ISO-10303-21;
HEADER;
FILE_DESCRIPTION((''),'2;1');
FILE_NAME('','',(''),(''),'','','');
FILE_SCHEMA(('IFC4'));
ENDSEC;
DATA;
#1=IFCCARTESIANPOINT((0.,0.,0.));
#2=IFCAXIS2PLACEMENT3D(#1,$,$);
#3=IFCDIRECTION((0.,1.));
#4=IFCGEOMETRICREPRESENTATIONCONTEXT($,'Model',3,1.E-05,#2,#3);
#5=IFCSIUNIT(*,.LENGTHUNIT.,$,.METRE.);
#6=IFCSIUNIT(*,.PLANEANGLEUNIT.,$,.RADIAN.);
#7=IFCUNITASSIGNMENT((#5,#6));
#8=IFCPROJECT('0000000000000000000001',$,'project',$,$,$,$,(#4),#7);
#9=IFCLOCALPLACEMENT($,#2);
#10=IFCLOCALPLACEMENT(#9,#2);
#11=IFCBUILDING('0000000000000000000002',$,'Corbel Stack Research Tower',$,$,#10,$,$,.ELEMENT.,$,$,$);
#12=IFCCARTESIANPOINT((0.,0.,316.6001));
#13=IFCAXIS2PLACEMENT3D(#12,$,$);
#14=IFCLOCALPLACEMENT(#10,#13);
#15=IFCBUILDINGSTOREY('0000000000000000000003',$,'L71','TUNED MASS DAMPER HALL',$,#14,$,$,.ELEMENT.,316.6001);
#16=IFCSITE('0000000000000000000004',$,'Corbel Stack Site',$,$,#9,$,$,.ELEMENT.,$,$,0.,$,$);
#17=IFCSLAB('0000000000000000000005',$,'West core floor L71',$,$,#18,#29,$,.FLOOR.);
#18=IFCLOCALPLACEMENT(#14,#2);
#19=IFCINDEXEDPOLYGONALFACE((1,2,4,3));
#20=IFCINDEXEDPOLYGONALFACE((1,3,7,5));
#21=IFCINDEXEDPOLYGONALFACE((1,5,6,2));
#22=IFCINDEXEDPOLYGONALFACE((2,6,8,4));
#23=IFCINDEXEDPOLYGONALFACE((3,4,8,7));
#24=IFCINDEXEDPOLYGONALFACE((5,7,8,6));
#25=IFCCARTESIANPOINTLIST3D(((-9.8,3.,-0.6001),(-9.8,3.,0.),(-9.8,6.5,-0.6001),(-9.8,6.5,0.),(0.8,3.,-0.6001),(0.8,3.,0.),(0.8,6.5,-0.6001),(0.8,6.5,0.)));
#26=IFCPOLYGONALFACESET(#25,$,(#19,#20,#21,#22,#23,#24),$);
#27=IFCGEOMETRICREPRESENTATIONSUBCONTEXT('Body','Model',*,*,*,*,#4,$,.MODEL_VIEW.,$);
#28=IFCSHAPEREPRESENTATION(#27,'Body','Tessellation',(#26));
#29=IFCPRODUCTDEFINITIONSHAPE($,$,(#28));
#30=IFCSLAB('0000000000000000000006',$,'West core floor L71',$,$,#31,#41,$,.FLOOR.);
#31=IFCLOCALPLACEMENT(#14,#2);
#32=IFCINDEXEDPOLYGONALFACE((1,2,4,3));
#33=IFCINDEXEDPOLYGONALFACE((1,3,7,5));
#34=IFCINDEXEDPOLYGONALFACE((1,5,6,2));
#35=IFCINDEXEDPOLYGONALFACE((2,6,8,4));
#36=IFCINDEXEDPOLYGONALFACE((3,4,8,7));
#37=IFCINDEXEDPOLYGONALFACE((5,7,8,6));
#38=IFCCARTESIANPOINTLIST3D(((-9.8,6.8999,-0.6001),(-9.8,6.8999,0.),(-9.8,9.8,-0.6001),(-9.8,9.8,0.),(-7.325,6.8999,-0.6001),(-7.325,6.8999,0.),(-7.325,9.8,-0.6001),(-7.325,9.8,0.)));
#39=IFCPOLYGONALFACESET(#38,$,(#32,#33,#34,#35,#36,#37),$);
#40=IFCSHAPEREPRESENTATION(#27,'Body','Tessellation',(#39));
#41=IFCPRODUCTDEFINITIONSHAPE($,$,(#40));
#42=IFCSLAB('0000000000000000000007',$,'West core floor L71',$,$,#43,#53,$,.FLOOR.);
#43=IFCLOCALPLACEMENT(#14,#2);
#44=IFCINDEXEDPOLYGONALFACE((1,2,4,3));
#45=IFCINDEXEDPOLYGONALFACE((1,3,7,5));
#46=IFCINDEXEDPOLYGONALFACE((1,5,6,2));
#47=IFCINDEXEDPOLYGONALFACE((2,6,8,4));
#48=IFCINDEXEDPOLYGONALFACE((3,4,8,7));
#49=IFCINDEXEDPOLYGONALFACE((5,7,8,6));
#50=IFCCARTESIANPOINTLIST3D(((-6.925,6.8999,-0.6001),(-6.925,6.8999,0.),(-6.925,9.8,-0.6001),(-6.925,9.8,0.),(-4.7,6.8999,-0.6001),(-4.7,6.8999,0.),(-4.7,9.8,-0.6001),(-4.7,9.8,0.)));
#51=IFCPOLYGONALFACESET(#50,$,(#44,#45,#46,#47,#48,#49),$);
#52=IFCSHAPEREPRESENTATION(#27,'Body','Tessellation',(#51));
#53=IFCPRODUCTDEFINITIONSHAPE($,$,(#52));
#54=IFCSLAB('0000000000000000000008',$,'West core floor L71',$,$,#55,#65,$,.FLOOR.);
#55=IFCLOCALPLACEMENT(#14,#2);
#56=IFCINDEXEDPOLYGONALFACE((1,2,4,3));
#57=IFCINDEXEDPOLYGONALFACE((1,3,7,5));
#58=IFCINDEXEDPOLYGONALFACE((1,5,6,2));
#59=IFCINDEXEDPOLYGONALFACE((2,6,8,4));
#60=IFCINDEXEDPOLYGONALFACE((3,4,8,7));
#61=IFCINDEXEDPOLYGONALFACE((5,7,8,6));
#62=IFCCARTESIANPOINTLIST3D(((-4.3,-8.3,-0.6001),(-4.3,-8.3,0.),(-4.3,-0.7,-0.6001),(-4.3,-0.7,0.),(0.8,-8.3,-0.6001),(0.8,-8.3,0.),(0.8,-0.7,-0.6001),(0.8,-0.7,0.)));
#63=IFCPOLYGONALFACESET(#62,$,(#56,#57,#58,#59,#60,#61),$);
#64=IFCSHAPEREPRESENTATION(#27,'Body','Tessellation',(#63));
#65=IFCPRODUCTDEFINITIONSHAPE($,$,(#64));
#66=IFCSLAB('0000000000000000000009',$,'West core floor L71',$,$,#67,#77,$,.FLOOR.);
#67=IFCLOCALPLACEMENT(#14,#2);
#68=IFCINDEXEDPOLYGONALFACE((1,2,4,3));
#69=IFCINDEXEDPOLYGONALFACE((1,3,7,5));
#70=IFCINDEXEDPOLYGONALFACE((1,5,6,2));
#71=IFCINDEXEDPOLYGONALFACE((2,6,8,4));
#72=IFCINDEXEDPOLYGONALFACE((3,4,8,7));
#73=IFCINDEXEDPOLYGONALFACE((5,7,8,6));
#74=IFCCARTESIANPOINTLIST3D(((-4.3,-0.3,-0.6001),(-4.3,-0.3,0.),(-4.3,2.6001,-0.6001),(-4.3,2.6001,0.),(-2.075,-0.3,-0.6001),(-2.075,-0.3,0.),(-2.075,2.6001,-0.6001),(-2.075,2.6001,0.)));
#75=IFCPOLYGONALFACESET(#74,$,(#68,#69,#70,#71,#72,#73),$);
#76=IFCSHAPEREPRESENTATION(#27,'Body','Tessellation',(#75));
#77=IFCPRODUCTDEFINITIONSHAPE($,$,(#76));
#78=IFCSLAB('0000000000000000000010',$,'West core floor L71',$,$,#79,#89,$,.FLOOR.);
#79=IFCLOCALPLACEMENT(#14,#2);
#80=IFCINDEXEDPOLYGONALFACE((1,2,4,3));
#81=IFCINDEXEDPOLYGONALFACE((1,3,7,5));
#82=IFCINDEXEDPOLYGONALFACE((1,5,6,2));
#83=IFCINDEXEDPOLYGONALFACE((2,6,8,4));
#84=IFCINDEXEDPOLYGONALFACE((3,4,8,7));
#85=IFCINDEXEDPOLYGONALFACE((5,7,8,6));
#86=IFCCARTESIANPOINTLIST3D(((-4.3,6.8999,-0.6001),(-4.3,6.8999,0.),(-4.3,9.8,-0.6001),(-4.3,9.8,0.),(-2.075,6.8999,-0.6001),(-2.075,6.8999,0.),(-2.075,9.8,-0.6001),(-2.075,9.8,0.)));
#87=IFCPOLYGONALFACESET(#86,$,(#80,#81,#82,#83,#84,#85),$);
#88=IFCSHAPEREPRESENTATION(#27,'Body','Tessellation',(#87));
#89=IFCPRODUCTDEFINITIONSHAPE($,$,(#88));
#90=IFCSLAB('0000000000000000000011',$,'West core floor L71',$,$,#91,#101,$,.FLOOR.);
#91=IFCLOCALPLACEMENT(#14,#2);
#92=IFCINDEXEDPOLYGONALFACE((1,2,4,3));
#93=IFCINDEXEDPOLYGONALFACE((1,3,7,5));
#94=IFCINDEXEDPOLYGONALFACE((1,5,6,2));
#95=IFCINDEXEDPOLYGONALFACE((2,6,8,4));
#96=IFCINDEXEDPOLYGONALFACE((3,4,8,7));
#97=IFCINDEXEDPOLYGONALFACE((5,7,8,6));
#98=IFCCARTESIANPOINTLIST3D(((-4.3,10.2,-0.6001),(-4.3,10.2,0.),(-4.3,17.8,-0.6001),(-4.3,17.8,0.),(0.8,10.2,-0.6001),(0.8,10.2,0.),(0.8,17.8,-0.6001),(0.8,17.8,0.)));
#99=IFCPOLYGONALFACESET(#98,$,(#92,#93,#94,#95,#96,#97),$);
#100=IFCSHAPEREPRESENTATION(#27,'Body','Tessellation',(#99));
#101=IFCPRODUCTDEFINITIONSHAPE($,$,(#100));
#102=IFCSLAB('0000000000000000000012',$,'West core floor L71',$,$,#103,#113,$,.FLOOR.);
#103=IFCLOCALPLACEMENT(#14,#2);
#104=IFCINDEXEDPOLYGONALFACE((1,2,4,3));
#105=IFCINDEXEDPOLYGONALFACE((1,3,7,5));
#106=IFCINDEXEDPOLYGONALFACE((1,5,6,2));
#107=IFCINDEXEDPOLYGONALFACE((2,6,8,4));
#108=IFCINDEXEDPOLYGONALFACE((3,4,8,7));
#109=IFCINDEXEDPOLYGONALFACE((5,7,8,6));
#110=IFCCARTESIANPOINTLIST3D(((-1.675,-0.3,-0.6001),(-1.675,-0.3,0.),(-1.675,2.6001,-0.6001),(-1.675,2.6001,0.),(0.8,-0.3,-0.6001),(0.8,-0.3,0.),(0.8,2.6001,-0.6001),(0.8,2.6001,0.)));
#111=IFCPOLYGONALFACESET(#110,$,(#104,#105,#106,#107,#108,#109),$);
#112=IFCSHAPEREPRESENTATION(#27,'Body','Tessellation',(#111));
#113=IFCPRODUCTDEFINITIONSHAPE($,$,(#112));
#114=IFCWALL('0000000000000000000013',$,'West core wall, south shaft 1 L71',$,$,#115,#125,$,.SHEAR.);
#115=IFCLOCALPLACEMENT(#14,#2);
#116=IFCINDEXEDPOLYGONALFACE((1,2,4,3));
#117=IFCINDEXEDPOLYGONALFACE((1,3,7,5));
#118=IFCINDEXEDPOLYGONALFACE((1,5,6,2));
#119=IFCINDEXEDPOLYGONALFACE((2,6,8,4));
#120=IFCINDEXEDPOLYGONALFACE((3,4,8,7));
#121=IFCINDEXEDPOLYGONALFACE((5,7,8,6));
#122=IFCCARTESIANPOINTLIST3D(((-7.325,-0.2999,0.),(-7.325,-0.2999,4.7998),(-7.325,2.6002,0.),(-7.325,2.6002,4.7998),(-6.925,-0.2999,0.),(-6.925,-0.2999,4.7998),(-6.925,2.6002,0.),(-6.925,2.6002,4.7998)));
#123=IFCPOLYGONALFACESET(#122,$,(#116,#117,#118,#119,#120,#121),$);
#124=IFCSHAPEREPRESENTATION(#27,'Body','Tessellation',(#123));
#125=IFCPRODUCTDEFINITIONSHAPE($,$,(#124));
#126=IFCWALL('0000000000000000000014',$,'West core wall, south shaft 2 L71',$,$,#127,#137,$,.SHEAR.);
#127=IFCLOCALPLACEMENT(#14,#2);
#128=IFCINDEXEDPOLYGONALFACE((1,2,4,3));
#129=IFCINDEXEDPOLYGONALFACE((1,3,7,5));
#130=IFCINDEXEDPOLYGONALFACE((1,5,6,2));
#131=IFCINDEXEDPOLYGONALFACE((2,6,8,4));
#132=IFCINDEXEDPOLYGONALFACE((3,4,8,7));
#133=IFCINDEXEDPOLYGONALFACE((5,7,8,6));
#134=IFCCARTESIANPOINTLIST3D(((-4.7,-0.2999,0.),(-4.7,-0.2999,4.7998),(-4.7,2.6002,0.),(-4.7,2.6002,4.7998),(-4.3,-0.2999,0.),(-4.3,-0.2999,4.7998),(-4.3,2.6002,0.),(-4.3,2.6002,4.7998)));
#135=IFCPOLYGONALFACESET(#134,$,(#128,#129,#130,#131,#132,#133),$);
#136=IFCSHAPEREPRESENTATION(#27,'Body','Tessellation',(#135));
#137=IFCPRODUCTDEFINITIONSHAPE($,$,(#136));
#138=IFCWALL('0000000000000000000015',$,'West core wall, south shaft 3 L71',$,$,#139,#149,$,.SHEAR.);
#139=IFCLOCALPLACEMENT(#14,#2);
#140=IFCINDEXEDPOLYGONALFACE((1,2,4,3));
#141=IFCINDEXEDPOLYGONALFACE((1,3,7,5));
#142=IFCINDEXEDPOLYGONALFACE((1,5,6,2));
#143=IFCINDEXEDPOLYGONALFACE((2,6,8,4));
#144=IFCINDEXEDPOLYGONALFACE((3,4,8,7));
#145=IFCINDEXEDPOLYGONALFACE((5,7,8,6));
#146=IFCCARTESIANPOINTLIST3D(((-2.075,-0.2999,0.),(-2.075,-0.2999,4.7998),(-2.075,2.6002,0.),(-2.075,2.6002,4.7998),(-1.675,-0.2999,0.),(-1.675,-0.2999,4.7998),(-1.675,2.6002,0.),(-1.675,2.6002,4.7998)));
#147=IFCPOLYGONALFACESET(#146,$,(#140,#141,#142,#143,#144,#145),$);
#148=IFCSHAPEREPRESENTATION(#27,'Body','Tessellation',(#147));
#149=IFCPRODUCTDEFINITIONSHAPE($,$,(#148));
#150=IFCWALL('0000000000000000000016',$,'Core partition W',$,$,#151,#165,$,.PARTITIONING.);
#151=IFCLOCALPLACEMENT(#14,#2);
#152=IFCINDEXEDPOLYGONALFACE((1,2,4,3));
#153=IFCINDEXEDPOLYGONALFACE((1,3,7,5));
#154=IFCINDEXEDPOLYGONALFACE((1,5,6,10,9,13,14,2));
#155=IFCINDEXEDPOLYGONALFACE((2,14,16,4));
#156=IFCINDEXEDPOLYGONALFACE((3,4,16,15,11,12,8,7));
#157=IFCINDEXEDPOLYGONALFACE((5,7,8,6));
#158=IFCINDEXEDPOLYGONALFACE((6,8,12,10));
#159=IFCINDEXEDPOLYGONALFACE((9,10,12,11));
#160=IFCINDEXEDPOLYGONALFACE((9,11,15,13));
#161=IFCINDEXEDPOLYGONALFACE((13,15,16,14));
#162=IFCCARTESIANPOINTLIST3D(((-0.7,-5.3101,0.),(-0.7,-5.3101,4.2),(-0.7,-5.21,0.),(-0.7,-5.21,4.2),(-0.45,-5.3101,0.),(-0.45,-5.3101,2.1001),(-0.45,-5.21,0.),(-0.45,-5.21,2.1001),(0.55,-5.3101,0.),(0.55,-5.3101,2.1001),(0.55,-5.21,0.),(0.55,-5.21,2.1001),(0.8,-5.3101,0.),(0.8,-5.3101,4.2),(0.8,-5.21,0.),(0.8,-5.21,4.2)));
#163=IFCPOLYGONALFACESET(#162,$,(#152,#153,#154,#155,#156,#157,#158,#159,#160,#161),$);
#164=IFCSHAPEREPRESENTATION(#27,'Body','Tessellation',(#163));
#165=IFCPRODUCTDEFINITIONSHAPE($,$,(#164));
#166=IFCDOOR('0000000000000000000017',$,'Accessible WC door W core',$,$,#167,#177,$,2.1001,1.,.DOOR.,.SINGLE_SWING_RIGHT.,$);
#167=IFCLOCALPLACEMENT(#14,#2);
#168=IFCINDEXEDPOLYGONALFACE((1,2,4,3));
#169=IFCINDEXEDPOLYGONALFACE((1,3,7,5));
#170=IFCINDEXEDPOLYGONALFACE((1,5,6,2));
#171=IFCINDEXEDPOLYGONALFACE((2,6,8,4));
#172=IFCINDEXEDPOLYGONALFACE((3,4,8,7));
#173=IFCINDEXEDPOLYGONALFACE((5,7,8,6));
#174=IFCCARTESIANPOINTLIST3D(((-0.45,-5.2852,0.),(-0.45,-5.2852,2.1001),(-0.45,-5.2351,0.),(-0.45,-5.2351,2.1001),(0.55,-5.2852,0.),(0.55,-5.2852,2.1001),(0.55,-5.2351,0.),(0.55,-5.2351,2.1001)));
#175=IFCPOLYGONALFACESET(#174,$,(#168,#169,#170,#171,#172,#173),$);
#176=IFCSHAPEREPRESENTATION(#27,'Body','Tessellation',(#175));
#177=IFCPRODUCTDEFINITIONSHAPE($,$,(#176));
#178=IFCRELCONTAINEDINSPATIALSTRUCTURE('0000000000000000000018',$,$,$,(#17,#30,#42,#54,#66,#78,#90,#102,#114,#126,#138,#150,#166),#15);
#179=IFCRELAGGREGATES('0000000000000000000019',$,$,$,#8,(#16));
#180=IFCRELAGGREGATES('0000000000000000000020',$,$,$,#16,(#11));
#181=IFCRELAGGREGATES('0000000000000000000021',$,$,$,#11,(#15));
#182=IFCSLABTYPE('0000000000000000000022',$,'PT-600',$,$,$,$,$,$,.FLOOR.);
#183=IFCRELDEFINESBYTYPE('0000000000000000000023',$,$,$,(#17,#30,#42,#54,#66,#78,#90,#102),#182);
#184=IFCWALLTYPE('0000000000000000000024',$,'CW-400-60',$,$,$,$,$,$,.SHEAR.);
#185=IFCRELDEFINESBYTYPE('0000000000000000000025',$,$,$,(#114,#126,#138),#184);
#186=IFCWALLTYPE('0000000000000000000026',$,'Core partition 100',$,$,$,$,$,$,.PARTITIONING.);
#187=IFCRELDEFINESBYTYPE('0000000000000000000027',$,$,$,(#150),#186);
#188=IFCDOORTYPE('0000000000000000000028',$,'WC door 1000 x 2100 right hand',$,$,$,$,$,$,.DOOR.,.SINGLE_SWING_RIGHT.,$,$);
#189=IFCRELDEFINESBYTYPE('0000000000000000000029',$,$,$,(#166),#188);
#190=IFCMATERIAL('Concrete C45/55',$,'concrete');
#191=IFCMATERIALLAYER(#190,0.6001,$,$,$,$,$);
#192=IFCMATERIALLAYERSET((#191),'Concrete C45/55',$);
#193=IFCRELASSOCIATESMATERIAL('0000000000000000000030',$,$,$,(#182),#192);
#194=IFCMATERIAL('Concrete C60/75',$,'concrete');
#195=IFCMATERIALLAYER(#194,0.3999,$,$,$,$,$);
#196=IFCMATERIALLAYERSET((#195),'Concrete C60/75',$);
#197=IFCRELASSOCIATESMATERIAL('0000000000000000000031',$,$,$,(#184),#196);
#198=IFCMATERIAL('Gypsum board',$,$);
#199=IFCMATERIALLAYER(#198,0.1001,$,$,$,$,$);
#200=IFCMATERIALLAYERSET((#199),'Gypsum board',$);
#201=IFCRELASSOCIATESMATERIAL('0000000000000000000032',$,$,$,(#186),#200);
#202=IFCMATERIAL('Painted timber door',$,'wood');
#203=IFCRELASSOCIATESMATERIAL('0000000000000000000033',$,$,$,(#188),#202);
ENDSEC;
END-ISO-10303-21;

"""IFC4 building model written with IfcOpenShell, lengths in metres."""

from ifc_helpers import new_model, si_unit, direction, frame, frame_2d, origin, place, context, subcontext, project, spatial, polyline, rectangle, outline, extrude, material, layer, layer_set, type_object, element, fill, save


model = new_model("IFC4")

# Units and contexts
model_context = context("Model", 3, precision=1e-05, world=origin(), true_north=direction((0.0, 1.0)))
body_context = subcontext(model_context, "Body", "Model", "MODEL_VIEW")
ifc_project = project(units=[si_unit("LENGTHUNIT", "METRE"), si_unit("PLANEANGLEUNIT", "RADIAN")], contexts=[model_context])

# Site, building, storey
site_placement = place(None, origin())
site = spatial("IfcSite", under=ifc_project, at=site_placement, Name="Corbel Stack Site", CompositionType="ELEMENT", RefElevation=0.0)
building_placement = place(site_placement, origin())
building = spatial("IfcBuilding", under=site, at=building_placement, Name="Corbel Stack Research Tower", CompositionType="ELEMENT")
storey_placement = place(building_placement, frame((0.0, 0.0, 316.6001)))
storey = spatial("IfcBuildingStorey", under=building, at=storey_placement, Name="L71", Description="TUNED MASS DAMPER HALL", CompositionType="ELEMENT", Elevation=316.6001)

# Slabs
ifc_material_1 = material(Name="Concrete C45/55", Category="concrete")
ifc_layer_1 = layer(ifc_material_1, 0.6001)
ifc_layer_set_1 = layer_set([ifc_layer_1], Name="Concrete C45/55")
slab_type = type_object("IfcSlabType", Name="PT-600", PredefinedType="FLOOR", material=ifc_layer_set_1)
slab_1_placement = place(storey_placement, frame((0.0, 0.0, -0.6001)))
element("IfcSlab", 1, at=slab_1_placement, inside=storey, type_object=slab_type, Name="West core floor L71", PredefinedType="FLOOR", context=body_context, shape_type="SweptSolid", body=[
    extrude(outline(polyline([(-9.8, 6.5), (-9.8, 3.0), (0.8, 3.0), (0.8, 6.5), (-9.8, 6.5)])), origin(), (0.0, 0.0, 1.0), 0.6001),
])
slab_2_placement = place(storey_placement, frame((0.0, 0.0, -0.6001)))
element("IfcSlab", 2, at=slab_2_placement, inside=storey, type_object=slab_type, Name="West core floor L71", PredefinedType="FLOOR", context=body_context, shape_type="SweptSolid", body=[
    extrude(outline(polyline([(-9.8, 6.8999), (-7.325, 6.8999), (-7.325, 9.8), (-9.8, 9.8), (-9.8, 6.8999)])), origin(), (0.0, 0.0, 1.0), 0.6001),
])
slab_3_placement = place(storey_placement, frame((0.0, 0.0, -0.6001)))
element("IfcSlab", 3, at=slab_3_placement, inside=storey, type_object=slab_type, Name="West core floor L71", PredefinedType="FLOOR", context=body_context, shape_type="SweptSolid", body=[
    extrude(outline(polyline([(-6.925, 6.8999), (-4.7, 6.8999), (-4.7, 9.8), (-6.925, 9.8), (-6.925, 6.8999)])), origin(), (0.0, 0.0, 1.0), 0.6001),
])
slab_4_placement = place(storey_placement, frame((0.0, 0.0, -0.6001)))
element("IfcSlab", 4, at=slab_4_placement, inside=storey, type_object=slab_type, Name="West core floor L71", PredefinedType="FLOOR", context=body_context, shape_type="SweptSolid", body=[
    extrude(outline(polyline([(-4.3, -0.7), (-4.3, -8.3), (0.8, -8.3), (0.8, -0.7), (-4.3, -0.7)])), origin(), (0.0, 0.0, 1.0), 0.6001),
])
slab_5_placement = place(storey_placement, frame((0.0, 0.0, -0.6001)))
element("IfcSlab", 5, at=slab_5_placement, inside=storey, type_object=slab_type, Name="West core floor L71", PredefinedType="FLOOR", context=body_context, shape_type="SweptSolid", body=[
    extrude(outline(polyline([(-4.3, 2.6001), (-4.3, -0.3), (-2.075, -0.3), (-2.075, 2.6001), (-4.3, 2.6001)])), origin(), (0.0, 0.0, 1.0), 0.6001),
])
slab_6_placement = place(storey_placement, frame((0.0, 0.0, -0.6001)))
element("IfcSlab", 6, at=slab_6_placement, inside=storey, type_object=slab_type, Name="West core floor L71", PredefinedType="FLOOR", context=body_context, shape_type="SweptSolid", body=[
    extrude(outline(polyline([(-2.075, 6.8999), (-2.075, 9.8), (-4.3, 9.8), (-4.3, 6.8999), (-2.075, 6.8999)])), origin(), (0.0, 0.0, 1.0), 0.6001),
])
slab_7_placement = place(storey_placement, frame((0.0, 0.0, -0.6001)))
element("IfcSlab", 7, at=slab_7_placement, inside=storey, type_object=slab_type, Name="West core floor L71", PredefinedType="FLOOR", context=body_context, shape_type="SweptSolid", body=[
    extrude(outline(polyline([(-4.3, 17.8), (-4.3, 10.2), (0.8, 10.2), (0.8, 17.8), (-4.3, 17.8)])), origin(), (0.0, 0.0, 1.0), 0.6001),
])
slab_8_placement = place(storey_placement, frame((0.0, 0.0, -0.6001)))
element("IfcSlab", 8, at=slab_8_placement, inside=storey, type_object=slab_type, Name="West core floor L71", PredefinedType="FLOOR", context=body_context, shape_type="SweptSolid", body=[
    extrude(outline(polyline([(-1.675, 2.6001), (-1.675, -0.3), (0.8, -0.3), (0.8, 2.6001), (-1.675, 2.6001)])), origin(), (0.0, 0.0, 1.0), 0.6001),
])

# Walls
ifc_material_2 = material(Name="Concrete C60/75", Category="concrete")
ifc_layer_2 = layer(ifc_material_2, 0.3999)
ifc_layer_set_2 = layer_set([ifc_layer_2], Name="Concrete C60/75")
wall_type_1 = type_object("IfcWallType", Name="CW-400-60", PredefinedType="SHEAR", material=ifc_layer_set_2)
for number, where, z_axis, x_axis, name in (
    (9, (-7.125, -0.3, 0.0), (0.0, 0.0, 1.0), (0.0, 1.0, 0.0), "West core wall, south shaft 1 L71"),
    (10, (-4.5, -0.3, 0.0), (0.0, 0.0, 1.0), (0.0, 1.0, 0.0), "West core wall, south shaft 2 L71"),
    (11, (-1.875, -0.3, 0.0), (0.0, 0.0, 1.0), (0.0, 1.0, 0.0), "West core wall, south shaft 3 L71"),
):
    element("IfcWall", number, at=place(storey_placement, frame(where, z_axis=z_axis, x_axis=x_axis)), inside=storey, type_object=wall_type_1, Name=name, PredefinedType="SHEAR", context=body_context, shape_type="SweptSolid", body=[
        extrude(rectangle(XDim=2.9001, YDim=0.3999, at=frame_2d((1.4502, 0.0))), origin(), (0.0, 0.0, 1.0), 4.7998),
    ])

# Wall, opening, door
ifc_material_3 = material(Name="Gypsum board")
ifc_layer_3 = layer(ifc_material_3, 0.1001)
ifc_layer_set_3 = layer_set([ifc_layer_3], Name="Gypsum board")
wall_type_2 = type_object("IfcWallType", Name="Core partition 100", PredefinedType="PARTITIONING", material=ifc_layer_set_3)
wall_1_placement = place(storey_placement, frame((-0.7, -5.26, 0.0), z_axis=(0.0, 0.0, 1.0), x_axis=(1.0, 0.0, 0.0)))
wall_1 = element("IfcWall", 12, at=wall_1_placement, inside=storey, type_object=wall_type_2, Name="Core partition W", PredefinedType="PARTITIONING", context=body_context, shape_type="SweptSolid", body=[
    extrude(rectangle(XDim=1.5, YDim=0.1001, at=frame_2d((0.75, 0.0))), origin(), (0.0, 0.0, 1.0), 4.2),
])
opening_1_placement = place(wall_1_placement, frame((0.25, 0.0, 0.0)))
opening_1 = element("IfcOpeningElement", 13, at=opening_1_placement, cuts=wall_1, PredefinedType="OPENING", context=body_context, shape_type="SweptSolid", body=[
    extrude(rectangle(XDim=1.0, YDim=2.1001, at=frame_2d((0.5, 1.05))), frame((0.0, 0.0601, 0.0), z_axis=(0.0, -1.0, 0.0), x_axis=(1.0, 0.0, 0.0)), (0.0, 0.0, 1.0), 0.1201),
])
ifc_material_4 = material(Name="Painted timber door", Category="wood")
door_type_1 = type_object("IfcDoorType", Name="WC door 1000 x 2100 right hand", OperationType="SINGLE_SWING_RIGHT", PredefinedType="DOOR", material=ifc_material_4)
door_1_placement = place(opening_1_placement, origin())
door_1 = element("IfcDoor", 14, at=door_1_placement, inside=storey, type_object=door_type_1, Name="Accessible WC door W core", OperationType="SINGLE_SWING_RIGHT", OverallHeight=2.1001, OverallWidth=1.0, PredefinedType="DOOR", context=body_context, shape_type="SweptSolid", body=[
    extrude(rectangle(XDim=1.0, YDim=2.1001, at=frame_2d((0.5, 1.05))), frame((0.0, 0.0249, 0.0), z_axis=(0.0, -1.0, 0.0), x_axis=(1.0, 0.0, 0.0)), (0.0, 0.0, 1.0), 0.05),
])
fill(opening_1, door_1)

save(model, "model.ifc")
